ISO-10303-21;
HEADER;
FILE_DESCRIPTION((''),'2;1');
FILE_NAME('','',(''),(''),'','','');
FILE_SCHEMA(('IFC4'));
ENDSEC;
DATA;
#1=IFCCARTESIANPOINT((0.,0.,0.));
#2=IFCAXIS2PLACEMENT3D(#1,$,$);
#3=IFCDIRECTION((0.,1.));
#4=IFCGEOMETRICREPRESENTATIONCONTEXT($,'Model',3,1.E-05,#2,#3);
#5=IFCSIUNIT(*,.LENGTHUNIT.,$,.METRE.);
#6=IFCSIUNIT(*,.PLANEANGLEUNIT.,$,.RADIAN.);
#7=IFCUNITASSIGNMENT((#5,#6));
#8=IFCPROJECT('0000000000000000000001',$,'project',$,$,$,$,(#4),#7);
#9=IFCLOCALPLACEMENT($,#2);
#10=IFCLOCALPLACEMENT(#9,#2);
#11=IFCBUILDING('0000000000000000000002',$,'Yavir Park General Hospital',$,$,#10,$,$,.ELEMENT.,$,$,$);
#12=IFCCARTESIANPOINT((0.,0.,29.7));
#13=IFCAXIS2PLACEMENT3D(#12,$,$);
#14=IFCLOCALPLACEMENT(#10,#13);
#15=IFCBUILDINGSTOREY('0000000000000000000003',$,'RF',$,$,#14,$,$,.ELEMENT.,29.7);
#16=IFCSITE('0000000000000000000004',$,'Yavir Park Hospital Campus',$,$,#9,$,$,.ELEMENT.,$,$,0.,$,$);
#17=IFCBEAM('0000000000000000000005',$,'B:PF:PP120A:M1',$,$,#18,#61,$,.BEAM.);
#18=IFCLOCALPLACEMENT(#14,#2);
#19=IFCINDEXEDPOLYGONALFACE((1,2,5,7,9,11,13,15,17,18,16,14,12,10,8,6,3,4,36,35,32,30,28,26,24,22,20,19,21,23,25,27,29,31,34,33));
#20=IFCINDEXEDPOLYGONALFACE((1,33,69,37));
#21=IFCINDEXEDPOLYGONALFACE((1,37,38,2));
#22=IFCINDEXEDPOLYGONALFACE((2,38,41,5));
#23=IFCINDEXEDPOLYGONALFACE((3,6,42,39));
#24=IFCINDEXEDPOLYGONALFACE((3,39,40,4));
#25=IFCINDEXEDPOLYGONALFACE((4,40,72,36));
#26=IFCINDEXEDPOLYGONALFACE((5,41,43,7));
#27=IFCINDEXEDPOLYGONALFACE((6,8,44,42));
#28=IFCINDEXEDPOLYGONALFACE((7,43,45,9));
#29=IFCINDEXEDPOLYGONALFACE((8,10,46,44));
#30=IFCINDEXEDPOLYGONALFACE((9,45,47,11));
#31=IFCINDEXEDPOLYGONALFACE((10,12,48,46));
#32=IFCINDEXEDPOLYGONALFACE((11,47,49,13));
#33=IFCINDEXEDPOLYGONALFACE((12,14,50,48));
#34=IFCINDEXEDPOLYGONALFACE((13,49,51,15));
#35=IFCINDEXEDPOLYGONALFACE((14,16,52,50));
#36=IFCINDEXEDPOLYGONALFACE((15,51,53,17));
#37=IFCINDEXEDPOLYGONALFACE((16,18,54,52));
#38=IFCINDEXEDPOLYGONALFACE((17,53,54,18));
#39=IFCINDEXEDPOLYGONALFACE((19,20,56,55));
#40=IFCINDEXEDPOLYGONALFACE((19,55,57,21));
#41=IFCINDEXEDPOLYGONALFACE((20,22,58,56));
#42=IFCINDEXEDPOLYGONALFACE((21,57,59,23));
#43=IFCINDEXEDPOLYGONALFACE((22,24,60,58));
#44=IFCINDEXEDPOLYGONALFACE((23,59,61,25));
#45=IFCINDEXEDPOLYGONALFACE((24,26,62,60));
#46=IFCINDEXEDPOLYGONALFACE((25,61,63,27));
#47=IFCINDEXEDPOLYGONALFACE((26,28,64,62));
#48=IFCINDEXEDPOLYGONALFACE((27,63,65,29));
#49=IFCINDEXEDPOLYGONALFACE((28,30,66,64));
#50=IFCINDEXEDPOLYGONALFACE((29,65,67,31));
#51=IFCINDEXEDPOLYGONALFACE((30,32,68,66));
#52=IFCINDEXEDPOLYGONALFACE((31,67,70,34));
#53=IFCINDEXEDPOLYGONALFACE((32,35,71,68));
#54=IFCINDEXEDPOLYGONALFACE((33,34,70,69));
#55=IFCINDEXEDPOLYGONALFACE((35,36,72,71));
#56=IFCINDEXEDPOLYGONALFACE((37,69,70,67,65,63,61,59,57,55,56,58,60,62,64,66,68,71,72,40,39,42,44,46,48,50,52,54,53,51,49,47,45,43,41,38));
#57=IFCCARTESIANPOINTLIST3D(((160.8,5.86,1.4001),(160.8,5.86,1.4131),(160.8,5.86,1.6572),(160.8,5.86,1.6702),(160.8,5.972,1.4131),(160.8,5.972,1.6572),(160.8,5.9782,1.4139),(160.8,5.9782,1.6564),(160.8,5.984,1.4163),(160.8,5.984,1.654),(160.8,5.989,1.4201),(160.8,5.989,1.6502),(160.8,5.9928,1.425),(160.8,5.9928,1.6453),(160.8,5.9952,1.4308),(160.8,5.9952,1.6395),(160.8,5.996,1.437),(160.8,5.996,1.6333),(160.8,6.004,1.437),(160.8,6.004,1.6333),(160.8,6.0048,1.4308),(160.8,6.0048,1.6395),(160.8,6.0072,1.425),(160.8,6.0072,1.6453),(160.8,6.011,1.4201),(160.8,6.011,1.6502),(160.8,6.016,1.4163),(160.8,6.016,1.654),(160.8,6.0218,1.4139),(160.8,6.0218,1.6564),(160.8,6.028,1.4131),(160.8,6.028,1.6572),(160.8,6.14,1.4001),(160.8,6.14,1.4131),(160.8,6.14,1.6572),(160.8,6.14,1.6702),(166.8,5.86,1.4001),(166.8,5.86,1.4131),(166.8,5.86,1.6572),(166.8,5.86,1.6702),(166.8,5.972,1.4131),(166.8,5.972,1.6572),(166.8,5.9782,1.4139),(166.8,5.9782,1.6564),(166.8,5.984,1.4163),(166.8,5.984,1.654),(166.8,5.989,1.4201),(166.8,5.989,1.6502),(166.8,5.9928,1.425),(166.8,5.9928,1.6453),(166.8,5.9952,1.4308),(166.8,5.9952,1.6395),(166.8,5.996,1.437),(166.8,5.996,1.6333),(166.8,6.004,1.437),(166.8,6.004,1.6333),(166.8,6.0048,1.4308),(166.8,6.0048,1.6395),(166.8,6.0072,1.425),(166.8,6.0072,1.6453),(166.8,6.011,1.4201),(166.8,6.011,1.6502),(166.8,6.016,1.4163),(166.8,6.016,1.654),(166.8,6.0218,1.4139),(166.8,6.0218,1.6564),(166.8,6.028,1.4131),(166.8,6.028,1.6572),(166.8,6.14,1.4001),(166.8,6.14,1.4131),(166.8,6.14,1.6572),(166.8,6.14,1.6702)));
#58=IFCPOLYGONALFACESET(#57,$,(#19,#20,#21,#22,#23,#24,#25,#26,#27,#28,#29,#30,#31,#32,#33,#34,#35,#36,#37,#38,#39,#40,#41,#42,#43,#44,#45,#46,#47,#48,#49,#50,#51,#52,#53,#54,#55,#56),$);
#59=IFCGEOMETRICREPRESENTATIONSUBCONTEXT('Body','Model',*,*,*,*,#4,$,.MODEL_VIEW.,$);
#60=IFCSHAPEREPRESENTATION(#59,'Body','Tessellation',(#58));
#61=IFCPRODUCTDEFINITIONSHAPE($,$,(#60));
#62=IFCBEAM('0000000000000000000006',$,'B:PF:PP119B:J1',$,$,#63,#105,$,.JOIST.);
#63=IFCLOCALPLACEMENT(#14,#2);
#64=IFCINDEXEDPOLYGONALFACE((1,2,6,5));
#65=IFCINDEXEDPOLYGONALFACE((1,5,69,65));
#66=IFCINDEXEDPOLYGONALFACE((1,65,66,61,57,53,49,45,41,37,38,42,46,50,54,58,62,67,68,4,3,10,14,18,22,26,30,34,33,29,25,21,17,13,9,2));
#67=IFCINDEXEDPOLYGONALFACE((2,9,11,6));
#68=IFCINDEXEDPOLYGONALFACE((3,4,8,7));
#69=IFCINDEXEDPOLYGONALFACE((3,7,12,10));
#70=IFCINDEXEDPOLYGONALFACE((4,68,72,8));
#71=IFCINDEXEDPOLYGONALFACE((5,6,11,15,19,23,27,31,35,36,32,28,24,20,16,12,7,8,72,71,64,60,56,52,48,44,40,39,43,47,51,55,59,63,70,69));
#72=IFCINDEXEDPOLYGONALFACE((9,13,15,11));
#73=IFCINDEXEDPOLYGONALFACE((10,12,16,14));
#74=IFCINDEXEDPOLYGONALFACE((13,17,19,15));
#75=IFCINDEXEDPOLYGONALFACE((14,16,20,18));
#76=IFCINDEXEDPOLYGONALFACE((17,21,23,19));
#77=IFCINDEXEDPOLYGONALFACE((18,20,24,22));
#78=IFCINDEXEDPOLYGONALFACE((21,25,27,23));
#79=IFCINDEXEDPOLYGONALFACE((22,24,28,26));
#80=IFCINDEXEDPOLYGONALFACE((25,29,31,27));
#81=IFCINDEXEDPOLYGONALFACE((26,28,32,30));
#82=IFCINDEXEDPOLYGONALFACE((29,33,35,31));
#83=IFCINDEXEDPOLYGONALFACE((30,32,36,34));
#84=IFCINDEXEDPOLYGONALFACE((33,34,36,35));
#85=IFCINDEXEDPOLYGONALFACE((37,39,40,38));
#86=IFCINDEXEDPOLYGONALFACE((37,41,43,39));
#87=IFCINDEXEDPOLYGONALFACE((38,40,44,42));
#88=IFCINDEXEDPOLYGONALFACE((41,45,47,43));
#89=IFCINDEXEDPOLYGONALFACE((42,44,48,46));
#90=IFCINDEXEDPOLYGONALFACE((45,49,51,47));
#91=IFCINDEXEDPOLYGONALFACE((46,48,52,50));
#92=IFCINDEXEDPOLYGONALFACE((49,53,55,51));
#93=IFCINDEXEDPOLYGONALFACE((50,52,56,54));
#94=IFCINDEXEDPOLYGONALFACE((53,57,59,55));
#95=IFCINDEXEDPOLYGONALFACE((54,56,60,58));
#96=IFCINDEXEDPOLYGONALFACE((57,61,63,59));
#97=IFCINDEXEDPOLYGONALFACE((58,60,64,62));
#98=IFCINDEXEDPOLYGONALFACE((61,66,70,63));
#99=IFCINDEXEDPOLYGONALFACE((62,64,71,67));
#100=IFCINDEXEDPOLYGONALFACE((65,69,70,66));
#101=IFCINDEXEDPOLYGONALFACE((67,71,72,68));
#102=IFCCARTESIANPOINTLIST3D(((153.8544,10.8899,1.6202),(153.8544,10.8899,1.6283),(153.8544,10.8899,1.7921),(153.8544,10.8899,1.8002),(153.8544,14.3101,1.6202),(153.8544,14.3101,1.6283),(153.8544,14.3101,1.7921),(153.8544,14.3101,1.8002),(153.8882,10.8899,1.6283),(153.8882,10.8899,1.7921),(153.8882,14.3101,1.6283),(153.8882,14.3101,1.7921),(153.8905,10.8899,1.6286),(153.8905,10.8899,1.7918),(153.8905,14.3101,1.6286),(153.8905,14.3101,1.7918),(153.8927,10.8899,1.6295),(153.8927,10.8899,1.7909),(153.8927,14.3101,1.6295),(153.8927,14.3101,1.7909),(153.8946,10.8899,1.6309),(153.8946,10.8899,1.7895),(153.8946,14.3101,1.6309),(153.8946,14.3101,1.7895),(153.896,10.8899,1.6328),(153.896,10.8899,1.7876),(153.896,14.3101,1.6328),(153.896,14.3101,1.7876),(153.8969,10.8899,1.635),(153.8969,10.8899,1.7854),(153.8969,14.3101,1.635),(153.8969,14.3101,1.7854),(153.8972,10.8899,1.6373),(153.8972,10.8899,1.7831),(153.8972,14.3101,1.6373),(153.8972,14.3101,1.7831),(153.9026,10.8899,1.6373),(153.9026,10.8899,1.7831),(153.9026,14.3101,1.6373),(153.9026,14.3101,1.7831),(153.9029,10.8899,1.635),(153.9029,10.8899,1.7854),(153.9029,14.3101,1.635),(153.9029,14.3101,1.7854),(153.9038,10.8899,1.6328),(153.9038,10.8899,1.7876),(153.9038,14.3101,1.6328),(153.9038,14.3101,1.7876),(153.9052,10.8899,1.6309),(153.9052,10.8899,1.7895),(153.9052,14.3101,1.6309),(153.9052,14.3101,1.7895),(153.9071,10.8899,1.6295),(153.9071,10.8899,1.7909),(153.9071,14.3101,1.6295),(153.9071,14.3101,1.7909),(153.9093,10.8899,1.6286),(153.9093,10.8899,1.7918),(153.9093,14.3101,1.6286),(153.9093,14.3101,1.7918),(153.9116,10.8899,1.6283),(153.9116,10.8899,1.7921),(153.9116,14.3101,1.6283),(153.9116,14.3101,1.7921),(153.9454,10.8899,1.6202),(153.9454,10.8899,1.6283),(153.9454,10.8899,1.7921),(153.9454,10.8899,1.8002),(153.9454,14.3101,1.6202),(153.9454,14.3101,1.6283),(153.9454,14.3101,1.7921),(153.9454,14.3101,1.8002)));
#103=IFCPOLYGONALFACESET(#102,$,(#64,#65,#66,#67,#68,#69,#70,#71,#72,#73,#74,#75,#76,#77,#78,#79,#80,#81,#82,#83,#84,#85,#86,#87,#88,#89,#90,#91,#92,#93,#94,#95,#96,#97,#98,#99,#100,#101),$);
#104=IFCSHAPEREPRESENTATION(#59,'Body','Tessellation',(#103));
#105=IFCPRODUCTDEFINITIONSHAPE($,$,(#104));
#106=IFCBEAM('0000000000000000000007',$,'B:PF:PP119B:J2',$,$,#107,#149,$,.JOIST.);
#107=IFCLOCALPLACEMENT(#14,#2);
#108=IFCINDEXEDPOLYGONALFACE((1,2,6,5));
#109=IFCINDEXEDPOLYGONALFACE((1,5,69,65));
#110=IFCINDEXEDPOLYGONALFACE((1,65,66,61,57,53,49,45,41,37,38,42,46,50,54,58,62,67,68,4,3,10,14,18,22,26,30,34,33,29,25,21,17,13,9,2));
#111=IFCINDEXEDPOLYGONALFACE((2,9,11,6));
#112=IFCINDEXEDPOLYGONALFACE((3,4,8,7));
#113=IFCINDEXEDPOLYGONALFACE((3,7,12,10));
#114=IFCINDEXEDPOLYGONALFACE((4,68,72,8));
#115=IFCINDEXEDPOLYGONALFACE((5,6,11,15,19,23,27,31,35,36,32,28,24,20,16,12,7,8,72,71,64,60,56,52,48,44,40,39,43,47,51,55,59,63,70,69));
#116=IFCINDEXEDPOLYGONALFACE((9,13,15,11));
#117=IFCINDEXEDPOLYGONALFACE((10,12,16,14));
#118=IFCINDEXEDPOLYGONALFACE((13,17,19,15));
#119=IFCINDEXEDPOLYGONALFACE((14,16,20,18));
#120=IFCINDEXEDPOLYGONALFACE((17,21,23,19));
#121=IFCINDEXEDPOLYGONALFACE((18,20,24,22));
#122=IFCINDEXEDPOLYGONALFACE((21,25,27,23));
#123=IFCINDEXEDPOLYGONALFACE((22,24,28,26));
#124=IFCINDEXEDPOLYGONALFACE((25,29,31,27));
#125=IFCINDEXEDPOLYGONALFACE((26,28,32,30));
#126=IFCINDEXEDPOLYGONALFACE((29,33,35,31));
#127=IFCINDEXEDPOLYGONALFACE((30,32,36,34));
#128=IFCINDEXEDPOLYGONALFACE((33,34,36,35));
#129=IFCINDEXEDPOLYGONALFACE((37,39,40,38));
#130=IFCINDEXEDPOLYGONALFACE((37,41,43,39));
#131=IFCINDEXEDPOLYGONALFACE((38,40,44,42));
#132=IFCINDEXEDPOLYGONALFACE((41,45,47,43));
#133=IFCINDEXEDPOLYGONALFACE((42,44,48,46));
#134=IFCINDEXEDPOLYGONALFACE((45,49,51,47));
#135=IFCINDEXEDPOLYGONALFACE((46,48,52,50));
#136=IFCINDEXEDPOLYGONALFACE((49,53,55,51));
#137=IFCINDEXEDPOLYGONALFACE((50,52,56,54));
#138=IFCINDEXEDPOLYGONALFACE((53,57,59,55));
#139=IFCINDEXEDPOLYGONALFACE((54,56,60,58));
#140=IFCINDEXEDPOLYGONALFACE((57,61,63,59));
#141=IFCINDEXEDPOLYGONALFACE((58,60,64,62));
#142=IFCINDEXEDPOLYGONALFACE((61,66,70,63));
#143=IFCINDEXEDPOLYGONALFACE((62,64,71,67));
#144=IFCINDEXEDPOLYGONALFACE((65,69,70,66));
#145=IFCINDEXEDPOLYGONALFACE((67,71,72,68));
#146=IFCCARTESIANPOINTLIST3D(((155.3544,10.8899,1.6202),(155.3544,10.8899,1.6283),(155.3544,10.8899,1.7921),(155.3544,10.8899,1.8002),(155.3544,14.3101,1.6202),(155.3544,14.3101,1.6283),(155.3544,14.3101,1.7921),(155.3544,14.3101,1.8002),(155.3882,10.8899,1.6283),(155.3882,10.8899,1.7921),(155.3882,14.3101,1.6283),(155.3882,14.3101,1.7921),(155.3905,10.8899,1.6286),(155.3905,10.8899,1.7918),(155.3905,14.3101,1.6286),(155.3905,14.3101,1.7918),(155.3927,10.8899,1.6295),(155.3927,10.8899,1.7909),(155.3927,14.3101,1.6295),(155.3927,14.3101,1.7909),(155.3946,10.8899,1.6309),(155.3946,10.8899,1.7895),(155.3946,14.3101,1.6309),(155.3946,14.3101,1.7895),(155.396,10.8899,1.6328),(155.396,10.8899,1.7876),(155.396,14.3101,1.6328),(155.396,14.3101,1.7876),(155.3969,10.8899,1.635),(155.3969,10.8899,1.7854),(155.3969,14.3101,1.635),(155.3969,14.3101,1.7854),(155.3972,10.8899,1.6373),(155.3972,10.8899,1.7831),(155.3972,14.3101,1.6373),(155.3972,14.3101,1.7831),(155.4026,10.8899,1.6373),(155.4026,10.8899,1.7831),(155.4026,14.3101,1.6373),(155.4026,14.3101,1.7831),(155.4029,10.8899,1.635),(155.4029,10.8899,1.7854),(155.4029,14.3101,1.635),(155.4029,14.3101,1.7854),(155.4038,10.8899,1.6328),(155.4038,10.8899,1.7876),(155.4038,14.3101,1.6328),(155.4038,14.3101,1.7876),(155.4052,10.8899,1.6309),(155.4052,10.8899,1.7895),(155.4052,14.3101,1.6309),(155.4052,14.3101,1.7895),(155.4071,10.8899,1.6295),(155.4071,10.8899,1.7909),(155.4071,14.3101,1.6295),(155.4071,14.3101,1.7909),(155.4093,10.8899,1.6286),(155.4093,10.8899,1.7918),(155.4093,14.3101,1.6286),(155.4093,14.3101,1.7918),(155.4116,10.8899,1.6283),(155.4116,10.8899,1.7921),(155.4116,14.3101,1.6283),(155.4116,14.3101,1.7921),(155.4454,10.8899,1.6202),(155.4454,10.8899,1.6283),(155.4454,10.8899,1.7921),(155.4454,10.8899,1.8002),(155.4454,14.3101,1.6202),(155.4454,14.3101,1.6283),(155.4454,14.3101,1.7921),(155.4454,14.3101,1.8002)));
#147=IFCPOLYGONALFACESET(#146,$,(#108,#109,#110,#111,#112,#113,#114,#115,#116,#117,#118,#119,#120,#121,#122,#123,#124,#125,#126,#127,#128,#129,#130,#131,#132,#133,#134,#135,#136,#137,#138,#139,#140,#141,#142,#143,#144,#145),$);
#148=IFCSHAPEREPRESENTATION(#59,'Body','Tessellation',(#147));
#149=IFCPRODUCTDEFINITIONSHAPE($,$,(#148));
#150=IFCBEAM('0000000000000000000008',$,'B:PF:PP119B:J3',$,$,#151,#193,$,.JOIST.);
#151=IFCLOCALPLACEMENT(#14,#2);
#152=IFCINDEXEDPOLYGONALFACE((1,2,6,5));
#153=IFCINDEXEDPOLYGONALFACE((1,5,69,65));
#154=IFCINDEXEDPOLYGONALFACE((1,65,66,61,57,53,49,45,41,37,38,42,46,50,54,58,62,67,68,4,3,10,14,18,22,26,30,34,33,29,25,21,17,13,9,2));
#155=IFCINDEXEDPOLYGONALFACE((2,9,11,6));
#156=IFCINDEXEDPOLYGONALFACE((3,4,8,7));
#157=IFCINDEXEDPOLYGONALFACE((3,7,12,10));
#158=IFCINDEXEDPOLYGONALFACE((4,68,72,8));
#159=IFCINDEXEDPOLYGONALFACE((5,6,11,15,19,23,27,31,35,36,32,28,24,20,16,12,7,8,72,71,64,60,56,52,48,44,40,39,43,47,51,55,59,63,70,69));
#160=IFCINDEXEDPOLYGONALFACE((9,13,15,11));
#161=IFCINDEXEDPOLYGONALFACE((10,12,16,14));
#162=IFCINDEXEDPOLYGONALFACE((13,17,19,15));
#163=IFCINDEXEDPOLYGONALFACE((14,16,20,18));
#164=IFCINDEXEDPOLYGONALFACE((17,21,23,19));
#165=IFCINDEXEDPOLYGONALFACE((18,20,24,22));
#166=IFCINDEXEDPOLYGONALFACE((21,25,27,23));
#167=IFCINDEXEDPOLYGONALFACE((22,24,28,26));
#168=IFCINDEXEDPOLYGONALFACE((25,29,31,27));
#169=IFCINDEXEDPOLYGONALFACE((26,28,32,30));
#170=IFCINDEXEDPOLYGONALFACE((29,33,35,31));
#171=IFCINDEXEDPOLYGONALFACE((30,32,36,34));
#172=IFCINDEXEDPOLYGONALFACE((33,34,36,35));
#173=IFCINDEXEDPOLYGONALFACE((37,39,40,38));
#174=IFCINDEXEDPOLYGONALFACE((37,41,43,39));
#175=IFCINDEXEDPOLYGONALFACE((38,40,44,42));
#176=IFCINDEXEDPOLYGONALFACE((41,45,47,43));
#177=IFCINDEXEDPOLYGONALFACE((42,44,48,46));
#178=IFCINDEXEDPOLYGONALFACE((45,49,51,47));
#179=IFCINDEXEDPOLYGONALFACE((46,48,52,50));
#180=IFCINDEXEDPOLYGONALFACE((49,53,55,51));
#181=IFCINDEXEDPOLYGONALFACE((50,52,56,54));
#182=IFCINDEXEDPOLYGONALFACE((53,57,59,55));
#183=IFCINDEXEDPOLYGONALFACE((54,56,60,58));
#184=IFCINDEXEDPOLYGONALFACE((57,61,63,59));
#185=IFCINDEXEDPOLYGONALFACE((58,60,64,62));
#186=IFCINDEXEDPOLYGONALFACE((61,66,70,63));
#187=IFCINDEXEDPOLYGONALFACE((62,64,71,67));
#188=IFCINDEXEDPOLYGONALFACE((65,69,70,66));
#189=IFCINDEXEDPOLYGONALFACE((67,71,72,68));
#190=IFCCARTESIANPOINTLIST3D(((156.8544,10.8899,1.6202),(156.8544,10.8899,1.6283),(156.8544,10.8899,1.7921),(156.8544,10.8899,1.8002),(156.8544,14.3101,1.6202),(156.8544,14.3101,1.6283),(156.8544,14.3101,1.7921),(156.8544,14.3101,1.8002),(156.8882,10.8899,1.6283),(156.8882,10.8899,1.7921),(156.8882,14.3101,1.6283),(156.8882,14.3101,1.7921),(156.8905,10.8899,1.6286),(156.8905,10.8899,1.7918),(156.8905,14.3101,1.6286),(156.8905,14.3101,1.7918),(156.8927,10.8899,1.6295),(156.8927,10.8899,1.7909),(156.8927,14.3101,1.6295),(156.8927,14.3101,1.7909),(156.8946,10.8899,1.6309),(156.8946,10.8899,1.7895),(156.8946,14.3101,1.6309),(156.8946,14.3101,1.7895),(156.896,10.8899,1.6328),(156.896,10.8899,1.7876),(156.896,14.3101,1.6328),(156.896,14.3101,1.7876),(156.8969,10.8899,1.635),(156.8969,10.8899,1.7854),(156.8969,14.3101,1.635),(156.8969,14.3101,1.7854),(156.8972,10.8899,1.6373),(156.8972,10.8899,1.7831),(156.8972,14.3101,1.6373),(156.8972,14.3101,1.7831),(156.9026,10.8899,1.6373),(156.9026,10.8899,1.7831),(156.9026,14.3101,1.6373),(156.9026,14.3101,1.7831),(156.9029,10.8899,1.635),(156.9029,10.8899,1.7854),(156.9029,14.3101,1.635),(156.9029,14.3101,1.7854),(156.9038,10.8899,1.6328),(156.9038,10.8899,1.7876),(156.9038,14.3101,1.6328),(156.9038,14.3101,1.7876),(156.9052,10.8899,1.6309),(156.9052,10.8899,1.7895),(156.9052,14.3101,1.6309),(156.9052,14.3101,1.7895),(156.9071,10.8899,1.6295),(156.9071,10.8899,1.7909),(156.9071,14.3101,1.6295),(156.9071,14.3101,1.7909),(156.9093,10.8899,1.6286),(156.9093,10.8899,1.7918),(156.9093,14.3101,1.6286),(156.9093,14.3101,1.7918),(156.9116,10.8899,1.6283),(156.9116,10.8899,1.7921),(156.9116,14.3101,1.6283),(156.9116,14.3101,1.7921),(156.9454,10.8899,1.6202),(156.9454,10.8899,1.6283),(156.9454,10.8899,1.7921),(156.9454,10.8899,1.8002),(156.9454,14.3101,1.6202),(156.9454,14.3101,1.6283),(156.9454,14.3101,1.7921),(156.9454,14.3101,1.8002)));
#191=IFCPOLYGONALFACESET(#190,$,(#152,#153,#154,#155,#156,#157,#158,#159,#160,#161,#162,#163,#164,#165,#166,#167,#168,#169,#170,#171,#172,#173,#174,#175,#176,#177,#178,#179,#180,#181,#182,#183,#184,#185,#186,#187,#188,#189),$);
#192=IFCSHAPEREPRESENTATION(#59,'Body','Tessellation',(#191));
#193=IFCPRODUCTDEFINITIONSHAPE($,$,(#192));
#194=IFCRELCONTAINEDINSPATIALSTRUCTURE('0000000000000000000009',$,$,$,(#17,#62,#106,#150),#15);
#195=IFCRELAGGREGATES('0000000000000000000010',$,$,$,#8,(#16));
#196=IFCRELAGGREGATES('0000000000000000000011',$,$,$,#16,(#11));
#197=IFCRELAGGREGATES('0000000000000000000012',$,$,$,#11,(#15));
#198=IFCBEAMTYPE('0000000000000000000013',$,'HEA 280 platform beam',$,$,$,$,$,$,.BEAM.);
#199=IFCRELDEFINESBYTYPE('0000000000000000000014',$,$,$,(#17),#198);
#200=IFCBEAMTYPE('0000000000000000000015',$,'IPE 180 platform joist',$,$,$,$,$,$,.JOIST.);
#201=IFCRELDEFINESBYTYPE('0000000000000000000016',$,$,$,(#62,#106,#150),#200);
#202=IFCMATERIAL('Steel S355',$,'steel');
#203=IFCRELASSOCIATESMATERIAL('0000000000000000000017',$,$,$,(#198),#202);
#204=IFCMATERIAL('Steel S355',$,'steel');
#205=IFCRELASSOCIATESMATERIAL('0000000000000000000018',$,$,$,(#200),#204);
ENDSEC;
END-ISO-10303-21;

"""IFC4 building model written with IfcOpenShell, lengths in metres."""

from ifc_helpers import new_model, si_unit, direction, frame, origin, origin_2d, place, context, subcontext, project, spatial, i_section, extrude, material, material_profile, profile_set, type_object, element, save


model = new_model("IFC4")

# Units and contexts
model_context = context("Model", 3, precision=1e-05, world=origin(), true_north=direction((0.0, 1.0)))
body_context = subcontext(model_context, "Body", "Model", "MODEL_VIEW")
ifc_project = project(units=[si_unit("LENGTHUNIT", "METRE"), si_unit("PLANEANGLEUNIT", "RADIAN")], contexts=[model_context])

# Site, building, storey
site_placement = place(None, origin())
site = spatial("IfcSite", under=ifc_project, at=site_placement, Name="Yavir Park Hospital Campus", CompositionType="ELEMENT", RefElevation=0.0)
building_placement = place(site_placement, origin())
building = spatial("IfcBuilding", under=site, at=building_placement, Name="Yavir Park General Hospital", CompositionType="ELEMENT")
storey_placement = place(building_placement, frame((0.0, 0.0, 29.7)))
storey = spatial("IfcBuildingStorey", under=building, at=storey_placement, Name="RF", CompositionType="ELEMENT", Elevation=29.7)

# Beams
ifc_material_1 = material(Name="Steel S355", Category="steel")
ifc_material_profile_1 = material_profile(ifc_material_1, i_section(OverallWidth=0.28, OverallDepth=0.27, WebThickness=0.0081, FlangeThickness=0.0129, FilletRadius=0.0239, at=origin_2d()), Name="HEA280")
ifc_profile_set_1 = profile_set([ifc_material_profile_1], Name="Steel S355")
beam_type_1 = type_object("IfcBeamType", Name="HEA 280 platform beam", PredefinedType="BEAM", material=ifc_profile_set_1)
for number, where, z_axis, x_axis, name in (
    (1, (160.8, 6.0, 1.5352), (1.0, 0.0, 0.0), (0.0, 1.0, 0.0), "B:PF:PP120A:M1"),
):
    element("IfcBeam", number, at=place(storey_placement, frame(where, z_axis=z_axis, x_axis=x_axis)), inside=storey, type_object=beam_type_1, Name=name, PredefinedType="BEAM", context=body_context, shape_type="SweptSolid", body=[
        extrude(i_section(OverallWidth=0.28, OverallDepth=0.27, WebThickness=0.0081, FlangeThickness=0.0129, FilletRadius=0.0239, at=origin_2d()), origin(), (0.0, 0.0, 1.0), 6.0),
    ])
ifc_material_2 = material(Name="Steel S355", Category="steel")
ifc_material_profile_2 = material_profile(ifc_material_2, i_section(OverallWidth=0.0911, OverallDepth=0.1799, WebThickness=0.0054, FlangeThickness=0.0081, FilletRadius=0.009, at=origin_2d()), Name="IPE180")
ifc_profile_set_2 = profile_set([ifc_material_profile_2], Name="Steel S355")
beam_type_2 = type_object("IfcBeamType", Name="IPE 180 platform joist", PredefinedType="JOIST", material=ifc_profile_set_2)
for number, where, z_axis, x_axis, name in (
    (2, (153.8999, 10.8899, 1.7102), (0.0, 1.0, 0.0), (-1.0, 0.0, 0.0), "B:PF:PP119B:J1"),
    (3, (155.3999, 10.8899, 1.7102), (0.0, 1.0, 0.0), (-1.0, 0.0, 0.0), "B:PF:PP119B:J2"),
    (4, (156.8999, 10.8899, 1.7102), (0.0, 1.0, 0.0), (-1.0, 0.0, 0.0), "B:PF:PP119B:J3"),
):
    element("IfcBeam", number, at=place(storey_placement, frame(where, z_axis=z_axis, x_axis=x_axis)), inside=storey, type_object=beam_type_2, Name=name, PredefinedType="JOIST", context=body_context, shape_type="SweptSolid", body=[
        extrude(i_section(OverallWidth=0.0911, OverallDepth=0.1799, WebThickness=0.0054, FlangeThickness=0.0081, FilletRadius=0.009, at=origin_2d()), origin(), (0.0, 0.0, 1.0), 3.4202),
    ])

save(model, "model.ifc")
